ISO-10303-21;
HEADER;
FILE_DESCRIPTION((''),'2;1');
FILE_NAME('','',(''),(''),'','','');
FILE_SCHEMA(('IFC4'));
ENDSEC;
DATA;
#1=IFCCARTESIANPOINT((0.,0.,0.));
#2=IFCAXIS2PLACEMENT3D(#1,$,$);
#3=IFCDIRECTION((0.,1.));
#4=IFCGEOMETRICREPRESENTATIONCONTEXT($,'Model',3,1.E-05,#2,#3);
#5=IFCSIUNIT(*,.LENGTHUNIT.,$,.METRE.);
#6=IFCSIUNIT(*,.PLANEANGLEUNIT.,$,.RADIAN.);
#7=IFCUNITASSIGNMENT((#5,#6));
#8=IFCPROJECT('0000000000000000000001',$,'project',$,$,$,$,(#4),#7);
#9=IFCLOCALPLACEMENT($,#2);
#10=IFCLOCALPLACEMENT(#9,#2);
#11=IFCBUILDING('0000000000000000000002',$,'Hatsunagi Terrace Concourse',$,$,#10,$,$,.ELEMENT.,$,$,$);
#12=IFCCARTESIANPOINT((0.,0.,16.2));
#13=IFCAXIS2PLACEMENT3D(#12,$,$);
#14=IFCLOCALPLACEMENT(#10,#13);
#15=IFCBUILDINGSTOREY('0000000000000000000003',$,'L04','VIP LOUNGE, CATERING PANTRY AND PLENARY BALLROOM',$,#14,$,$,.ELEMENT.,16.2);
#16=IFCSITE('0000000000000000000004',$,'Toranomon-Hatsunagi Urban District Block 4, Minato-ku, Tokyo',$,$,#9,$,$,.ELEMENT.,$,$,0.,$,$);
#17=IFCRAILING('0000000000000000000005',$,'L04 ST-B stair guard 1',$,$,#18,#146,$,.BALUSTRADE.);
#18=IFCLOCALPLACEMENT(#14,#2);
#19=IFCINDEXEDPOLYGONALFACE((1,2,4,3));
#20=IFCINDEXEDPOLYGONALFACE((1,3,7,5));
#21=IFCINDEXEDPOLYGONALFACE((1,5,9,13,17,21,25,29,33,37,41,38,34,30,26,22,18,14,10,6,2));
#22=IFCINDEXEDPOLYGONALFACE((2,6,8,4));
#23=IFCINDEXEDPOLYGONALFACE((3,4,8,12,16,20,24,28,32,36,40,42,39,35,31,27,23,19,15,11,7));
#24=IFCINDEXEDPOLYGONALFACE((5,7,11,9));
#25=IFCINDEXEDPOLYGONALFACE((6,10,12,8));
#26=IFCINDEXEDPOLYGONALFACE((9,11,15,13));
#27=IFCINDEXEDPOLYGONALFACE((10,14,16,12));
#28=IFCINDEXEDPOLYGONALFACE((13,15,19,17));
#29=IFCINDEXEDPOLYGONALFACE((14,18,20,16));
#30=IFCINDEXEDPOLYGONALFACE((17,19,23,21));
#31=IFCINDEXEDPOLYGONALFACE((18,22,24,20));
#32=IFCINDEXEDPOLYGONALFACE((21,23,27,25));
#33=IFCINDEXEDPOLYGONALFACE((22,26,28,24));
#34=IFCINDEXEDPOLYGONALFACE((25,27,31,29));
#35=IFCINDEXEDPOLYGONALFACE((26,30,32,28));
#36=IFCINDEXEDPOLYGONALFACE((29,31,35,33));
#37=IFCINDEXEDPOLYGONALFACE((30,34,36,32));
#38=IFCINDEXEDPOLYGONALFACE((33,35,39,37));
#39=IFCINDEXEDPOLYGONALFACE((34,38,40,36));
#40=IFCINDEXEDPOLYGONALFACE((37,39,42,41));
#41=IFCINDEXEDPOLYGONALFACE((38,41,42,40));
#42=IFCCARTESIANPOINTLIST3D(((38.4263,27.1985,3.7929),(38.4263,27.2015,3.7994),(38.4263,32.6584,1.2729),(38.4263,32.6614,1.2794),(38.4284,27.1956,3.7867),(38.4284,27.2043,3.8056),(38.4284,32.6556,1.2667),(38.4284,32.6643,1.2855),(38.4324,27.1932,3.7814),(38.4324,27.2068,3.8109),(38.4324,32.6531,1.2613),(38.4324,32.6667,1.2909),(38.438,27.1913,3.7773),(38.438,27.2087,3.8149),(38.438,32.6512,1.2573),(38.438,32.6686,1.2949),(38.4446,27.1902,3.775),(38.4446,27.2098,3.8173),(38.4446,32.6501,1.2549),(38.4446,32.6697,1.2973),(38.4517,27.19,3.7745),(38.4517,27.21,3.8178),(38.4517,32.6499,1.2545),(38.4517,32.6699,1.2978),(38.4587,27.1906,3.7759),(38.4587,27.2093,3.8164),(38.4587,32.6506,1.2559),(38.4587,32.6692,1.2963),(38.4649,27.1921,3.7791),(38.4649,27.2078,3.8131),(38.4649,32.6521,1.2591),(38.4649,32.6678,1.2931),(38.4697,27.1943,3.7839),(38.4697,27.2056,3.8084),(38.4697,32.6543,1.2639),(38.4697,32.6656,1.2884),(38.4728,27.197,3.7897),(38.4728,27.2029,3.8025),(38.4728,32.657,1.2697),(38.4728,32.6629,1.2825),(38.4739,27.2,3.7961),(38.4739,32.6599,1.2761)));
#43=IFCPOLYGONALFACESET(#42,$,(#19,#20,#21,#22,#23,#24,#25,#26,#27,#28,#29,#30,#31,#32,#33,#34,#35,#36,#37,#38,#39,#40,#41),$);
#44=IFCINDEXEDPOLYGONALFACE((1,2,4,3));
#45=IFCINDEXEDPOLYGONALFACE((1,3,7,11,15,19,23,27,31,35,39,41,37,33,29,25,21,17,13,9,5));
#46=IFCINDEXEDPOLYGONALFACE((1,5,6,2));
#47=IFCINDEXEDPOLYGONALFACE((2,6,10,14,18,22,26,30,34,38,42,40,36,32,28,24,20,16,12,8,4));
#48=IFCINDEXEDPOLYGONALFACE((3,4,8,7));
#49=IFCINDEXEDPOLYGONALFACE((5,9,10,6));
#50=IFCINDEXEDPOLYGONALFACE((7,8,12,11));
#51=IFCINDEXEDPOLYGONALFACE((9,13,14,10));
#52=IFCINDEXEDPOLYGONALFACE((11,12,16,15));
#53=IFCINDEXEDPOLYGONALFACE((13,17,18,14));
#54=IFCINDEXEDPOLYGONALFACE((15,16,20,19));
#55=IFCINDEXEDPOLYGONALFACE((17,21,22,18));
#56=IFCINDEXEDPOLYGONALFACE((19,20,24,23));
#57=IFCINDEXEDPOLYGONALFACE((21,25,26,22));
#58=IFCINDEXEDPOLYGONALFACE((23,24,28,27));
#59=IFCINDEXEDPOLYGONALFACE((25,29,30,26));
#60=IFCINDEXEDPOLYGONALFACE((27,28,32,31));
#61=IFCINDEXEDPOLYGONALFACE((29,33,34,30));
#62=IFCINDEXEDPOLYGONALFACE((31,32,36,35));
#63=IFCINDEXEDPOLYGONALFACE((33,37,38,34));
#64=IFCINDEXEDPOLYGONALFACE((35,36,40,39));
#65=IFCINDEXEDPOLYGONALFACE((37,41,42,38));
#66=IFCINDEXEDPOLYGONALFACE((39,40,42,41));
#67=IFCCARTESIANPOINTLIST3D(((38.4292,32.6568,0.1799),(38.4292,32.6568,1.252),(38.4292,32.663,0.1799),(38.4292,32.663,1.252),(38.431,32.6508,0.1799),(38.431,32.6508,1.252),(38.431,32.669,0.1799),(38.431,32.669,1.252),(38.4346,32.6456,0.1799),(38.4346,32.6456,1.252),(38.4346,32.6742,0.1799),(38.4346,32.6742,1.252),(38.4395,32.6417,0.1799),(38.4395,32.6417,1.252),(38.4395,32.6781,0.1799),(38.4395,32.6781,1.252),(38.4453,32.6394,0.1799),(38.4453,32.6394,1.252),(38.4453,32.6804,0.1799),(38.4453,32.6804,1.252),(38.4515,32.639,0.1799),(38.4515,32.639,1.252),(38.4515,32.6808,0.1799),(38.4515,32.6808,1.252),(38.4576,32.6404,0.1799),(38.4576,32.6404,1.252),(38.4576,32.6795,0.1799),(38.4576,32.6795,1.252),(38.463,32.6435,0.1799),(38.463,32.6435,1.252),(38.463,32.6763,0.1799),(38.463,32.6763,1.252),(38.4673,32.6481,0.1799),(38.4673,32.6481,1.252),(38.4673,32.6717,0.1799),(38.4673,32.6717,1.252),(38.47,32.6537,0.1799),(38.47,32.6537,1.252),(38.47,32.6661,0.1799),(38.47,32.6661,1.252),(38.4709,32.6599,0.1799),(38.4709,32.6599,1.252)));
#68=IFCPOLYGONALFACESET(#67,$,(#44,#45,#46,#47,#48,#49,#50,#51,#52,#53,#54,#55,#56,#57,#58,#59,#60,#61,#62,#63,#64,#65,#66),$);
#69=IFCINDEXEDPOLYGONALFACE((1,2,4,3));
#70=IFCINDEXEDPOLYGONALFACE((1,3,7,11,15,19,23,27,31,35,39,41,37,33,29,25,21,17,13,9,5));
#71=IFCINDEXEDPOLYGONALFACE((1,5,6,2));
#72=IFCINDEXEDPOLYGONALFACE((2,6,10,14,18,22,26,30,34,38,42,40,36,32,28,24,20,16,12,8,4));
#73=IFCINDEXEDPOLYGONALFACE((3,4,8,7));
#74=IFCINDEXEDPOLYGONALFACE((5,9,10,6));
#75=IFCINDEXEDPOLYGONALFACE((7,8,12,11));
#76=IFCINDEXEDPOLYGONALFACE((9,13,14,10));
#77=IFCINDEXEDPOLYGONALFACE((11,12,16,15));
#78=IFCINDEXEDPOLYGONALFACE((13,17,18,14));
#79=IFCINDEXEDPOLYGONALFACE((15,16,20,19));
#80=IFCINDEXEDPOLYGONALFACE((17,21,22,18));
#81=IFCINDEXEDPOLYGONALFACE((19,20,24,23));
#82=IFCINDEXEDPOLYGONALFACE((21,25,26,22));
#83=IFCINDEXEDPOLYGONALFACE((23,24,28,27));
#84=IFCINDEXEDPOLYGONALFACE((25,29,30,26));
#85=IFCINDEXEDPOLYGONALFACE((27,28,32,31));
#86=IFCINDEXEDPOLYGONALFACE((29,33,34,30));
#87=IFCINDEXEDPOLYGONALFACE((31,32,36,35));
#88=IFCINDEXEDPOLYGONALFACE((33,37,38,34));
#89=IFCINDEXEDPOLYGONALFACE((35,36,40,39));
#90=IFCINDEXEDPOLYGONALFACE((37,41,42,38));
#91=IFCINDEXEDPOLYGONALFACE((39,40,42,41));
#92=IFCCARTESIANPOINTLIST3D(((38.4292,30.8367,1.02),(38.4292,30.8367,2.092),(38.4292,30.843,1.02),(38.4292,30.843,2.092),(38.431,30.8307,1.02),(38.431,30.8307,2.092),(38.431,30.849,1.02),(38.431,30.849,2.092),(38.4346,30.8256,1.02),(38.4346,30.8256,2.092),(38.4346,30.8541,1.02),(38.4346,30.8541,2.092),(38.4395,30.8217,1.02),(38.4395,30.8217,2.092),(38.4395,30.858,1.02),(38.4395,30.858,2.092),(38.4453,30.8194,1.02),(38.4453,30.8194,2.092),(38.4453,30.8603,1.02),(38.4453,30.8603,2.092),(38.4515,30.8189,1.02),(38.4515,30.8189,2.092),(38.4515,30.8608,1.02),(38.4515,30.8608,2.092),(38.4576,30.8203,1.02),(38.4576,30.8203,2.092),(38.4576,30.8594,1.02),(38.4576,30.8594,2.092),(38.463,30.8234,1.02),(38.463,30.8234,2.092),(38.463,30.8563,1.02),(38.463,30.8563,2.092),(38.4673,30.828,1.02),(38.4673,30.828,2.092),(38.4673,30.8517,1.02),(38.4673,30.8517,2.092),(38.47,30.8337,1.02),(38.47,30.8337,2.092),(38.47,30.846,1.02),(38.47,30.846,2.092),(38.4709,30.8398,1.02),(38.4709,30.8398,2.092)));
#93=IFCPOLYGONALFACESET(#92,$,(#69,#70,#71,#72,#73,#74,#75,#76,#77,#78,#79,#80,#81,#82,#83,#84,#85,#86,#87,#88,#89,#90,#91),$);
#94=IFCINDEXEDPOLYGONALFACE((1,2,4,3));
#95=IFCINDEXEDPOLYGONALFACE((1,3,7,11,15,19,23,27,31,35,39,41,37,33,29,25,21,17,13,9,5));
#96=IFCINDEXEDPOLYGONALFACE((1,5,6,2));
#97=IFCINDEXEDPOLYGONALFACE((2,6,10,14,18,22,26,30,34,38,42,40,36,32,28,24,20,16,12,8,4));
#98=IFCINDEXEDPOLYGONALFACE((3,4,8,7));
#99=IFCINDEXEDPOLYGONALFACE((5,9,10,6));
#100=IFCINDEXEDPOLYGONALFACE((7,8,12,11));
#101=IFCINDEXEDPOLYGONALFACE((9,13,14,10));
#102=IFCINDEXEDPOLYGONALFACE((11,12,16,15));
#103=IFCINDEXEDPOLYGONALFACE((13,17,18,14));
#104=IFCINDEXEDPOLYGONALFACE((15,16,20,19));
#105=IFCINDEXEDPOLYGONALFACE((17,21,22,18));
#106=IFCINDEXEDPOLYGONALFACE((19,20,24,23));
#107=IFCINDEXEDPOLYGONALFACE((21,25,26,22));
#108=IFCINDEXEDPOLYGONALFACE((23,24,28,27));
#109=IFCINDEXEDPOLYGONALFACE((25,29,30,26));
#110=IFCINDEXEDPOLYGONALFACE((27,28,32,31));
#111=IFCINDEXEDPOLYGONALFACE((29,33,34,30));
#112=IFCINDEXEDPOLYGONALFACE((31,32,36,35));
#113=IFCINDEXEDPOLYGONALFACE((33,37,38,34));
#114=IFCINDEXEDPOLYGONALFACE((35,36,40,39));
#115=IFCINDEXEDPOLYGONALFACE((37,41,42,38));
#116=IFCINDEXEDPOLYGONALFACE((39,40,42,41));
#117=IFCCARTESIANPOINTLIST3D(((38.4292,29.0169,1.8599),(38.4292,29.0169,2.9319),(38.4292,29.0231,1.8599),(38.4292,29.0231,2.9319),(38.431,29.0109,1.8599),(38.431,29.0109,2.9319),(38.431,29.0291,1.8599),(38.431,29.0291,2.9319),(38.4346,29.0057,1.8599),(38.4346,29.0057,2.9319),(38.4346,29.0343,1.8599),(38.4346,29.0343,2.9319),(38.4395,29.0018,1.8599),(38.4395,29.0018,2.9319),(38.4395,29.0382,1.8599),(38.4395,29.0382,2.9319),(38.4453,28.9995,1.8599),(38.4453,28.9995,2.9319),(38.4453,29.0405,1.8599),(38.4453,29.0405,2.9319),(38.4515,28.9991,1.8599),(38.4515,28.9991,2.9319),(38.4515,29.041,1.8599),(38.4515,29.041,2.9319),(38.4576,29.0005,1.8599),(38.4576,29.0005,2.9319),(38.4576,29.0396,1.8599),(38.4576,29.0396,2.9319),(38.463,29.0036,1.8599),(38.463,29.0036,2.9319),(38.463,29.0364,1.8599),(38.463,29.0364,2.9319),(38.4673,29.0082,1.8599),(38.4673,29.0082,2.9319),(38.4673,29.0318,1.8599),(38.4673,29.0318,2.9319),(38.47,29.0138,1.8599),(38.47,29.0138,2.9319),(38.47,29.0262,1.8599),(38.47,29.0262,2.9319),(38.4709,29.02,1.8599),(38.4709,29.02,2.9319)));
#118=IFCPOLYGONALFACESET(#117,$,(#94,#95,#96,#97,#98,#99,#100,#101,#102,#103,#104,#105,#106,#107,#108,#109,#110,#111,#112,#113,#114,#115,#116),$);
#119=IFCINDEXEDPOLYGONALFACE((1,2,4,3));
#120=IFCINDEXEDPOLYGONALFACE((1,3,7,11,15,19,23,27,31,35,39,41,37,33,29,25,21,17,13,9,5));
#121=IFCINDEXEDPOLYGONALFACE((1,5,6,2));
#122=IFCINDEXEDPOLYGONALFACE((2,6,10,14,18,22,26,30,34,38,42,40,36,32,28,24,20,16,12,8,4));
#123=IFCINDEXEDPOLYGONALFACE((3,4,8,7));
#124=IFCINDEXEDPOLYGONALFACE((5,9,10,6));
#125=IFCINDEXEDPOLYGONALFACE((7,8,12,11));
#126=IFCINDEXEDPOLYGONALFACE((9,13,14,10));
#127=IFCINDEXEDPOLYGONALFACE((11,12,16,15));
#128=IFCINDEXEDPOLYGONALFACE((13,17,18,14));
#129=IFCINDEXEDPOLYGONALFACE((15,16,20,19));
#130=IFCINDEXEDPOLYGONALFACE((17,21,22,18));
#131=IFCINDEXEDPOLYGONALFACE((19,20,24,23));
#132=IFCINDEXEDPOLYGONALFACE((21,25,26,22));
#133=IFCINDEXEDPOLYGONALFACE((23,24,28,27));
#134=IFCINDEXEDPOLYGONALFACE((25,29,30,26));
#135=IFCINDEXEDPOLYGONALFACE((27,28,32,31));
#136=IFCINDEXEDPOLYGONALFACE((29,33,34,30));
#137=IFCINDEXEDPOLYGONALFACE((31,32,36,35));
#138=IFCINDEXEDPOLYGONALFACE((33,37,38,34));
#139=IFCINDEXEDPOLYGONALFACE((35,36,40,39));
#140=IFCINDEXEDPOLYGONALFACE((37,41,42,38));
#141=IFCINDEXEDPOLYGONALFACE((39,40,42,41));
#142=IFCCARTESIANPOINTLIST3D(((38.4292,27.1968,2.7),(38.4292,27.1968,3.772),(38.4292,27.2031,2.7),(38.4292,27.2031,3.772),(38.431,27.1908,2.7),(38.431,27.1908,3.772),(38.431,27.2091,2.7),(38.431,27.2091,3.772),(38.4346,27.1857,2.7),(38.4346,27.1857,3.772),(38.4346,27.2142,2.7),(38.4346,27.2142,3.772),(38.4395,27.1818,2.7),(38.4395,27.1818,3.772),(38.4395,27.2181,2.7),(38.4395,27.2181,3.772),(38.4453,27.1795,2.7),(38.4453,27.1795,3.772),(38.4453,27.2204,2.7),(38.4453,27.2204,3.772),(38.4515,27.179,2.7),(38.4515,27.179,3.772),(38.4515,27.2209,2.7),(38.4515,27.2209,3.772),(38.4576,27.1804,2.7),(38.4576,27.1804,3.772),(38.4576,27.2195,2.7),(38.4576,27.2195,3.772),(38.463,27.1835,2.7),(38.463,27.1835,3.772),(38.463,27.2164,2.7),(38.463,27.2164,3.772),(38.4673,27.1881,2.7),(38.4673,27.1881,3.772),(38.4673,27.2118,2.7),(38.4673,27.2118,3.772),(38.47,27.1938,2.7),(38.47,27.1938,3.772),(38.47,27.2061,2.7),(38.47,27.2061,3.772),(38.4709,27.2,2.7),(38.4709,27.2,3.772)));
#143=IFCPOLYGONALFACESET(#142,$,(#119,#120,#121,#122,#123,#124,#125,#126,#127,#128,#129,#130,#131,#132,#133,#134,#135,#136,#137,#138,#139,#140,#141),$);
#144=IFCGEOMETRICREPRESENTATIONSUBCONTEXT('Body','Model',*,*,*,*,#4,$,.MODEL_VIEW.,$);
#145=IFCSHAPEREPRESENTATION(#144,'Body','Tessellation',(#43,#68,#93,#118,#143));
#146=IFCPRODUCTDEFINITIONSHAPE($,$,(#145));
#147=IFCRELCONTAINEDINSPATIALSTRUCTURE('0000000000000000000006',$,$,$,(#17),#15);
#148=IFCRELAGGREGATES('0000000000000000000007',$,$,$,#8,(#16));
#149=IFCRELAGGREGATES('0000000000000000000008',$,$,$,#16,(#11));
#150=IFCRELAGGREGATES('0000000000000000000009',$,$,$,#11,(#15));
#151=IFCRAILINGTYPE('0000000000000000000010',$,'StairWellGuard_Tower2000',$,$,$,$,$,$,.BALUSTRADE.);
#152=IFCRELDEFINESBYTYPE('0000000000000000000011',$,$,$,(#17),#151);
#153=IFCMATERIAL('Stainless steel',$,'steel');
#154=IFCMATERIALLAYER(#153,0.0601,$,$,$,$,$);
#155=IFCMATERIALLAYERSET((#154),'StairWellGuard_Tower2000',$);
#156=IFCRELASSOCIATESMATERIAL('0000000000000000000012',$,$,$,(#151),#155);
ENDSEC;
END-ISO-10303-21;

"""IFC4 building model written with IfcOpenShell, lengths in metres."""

from ifc_helpers import new_model, si_unit, direction, frame, origin, origin_2d, place, context, subcontext, project, spatial, circle, extrude, material, layer, layer_set, type_object, element, save


model = new_model("IFC4")

# Units and contexts
model_context = context("Model", 3, precision=1e-05, world=origin(), true_north=direction((0.0, 1.0)))
body_context = subcontext(model_context, "Body", "Model", "MODEL_VIEW")
ifc_project = project(units=[si_unit("LENGTHUNIT", "METRE"), si_unit("PLANEANGLEUNIT", "RADIAN")], contexts=[model_context])

# Site, building, storey
site_placement = place(None, origin())
site = spatial("IfcSite", under=ifc_project, at=site_placement, Name="Toranomon-Hatsunagi Urban District Block 4, Minato-ku, Tokyo", CompositionType="ELEMENT", RefElevation=0.0)
building_placement = place(site_placement, origin())
building = spatial("IfcBuilding", under=site, at=building_placement, Name="Hatsunagi Terrace Concourse", CompositionType="ELEMENT")
storey_placement = place(building_placement, frame((0.0, 0.0, 16.2)))
storey = spatial("IfcBuildingStorey", under=building, at=storey_placement, Name="L04", Description="VIP LOUNGE, CATERING PANTRY AND PLENARY BALLROOM", CompositionType="ELEMENT", Elevation=16.2)

# Railing
ifc_material_1 = material(Name="Stainless steel", Category="steel")
ifc_layer_1 = layer(ifc_material_1, 0.0601)
ifc_layer_set_1 = layer_set([ifc_layer_1], Name="StairWellGuard_Tower2000")
railing_type_1 = type_object("IfcRailingType", Name="StairWellGuard_Tower2000", PredefinedType="BALUSTRADE", material=ifc_layer_set_1)
railing_1_placement = place(storey_placement, frame((38.45, 32.6599, 0.1799)))
element("IfcRailing", 1, at=railing_1_placement, inside=storey, type_object=railing_type_1, Name="L04 ST-B stair guard 1", PredefinedType="BALUSTRADE", context=body_context, shape_type="SweptSolid", body=[
    extrude(circle(Radius=0.0239, at=origin_2d()), frame((0.0, 0.0, 1.0962), z_axis=(0.0, -0.907957, 0.419063), x_axis=(1.0, 0.0, 0.0)), (0.0, 0.0, 1.0), 6.0134),
    extrude(circle(Radius=0.021, at=origin_2d()), origin(), (0.0, 0.0, 1.0), 1.072),
    extrude(circle(Radius=0.021, at=origin_2d()), frame((0.0, -1.8201, 0.8401)), (0.0, 0.0, 1.0), 1.072),
    extrude(circle(Radius=0.021, at=origin_2d()), frame((0.0, -3.6399, 1.6799)), (0.0, 0.0, 1.0), 1.072),
    extrude(circle(Radius=0.021, at=origin_2d()), frame((0.0, -5.46, 2.52)), (0.0, 0.0, 1.0), 1.072),
])

save(model, "model.ifc")
